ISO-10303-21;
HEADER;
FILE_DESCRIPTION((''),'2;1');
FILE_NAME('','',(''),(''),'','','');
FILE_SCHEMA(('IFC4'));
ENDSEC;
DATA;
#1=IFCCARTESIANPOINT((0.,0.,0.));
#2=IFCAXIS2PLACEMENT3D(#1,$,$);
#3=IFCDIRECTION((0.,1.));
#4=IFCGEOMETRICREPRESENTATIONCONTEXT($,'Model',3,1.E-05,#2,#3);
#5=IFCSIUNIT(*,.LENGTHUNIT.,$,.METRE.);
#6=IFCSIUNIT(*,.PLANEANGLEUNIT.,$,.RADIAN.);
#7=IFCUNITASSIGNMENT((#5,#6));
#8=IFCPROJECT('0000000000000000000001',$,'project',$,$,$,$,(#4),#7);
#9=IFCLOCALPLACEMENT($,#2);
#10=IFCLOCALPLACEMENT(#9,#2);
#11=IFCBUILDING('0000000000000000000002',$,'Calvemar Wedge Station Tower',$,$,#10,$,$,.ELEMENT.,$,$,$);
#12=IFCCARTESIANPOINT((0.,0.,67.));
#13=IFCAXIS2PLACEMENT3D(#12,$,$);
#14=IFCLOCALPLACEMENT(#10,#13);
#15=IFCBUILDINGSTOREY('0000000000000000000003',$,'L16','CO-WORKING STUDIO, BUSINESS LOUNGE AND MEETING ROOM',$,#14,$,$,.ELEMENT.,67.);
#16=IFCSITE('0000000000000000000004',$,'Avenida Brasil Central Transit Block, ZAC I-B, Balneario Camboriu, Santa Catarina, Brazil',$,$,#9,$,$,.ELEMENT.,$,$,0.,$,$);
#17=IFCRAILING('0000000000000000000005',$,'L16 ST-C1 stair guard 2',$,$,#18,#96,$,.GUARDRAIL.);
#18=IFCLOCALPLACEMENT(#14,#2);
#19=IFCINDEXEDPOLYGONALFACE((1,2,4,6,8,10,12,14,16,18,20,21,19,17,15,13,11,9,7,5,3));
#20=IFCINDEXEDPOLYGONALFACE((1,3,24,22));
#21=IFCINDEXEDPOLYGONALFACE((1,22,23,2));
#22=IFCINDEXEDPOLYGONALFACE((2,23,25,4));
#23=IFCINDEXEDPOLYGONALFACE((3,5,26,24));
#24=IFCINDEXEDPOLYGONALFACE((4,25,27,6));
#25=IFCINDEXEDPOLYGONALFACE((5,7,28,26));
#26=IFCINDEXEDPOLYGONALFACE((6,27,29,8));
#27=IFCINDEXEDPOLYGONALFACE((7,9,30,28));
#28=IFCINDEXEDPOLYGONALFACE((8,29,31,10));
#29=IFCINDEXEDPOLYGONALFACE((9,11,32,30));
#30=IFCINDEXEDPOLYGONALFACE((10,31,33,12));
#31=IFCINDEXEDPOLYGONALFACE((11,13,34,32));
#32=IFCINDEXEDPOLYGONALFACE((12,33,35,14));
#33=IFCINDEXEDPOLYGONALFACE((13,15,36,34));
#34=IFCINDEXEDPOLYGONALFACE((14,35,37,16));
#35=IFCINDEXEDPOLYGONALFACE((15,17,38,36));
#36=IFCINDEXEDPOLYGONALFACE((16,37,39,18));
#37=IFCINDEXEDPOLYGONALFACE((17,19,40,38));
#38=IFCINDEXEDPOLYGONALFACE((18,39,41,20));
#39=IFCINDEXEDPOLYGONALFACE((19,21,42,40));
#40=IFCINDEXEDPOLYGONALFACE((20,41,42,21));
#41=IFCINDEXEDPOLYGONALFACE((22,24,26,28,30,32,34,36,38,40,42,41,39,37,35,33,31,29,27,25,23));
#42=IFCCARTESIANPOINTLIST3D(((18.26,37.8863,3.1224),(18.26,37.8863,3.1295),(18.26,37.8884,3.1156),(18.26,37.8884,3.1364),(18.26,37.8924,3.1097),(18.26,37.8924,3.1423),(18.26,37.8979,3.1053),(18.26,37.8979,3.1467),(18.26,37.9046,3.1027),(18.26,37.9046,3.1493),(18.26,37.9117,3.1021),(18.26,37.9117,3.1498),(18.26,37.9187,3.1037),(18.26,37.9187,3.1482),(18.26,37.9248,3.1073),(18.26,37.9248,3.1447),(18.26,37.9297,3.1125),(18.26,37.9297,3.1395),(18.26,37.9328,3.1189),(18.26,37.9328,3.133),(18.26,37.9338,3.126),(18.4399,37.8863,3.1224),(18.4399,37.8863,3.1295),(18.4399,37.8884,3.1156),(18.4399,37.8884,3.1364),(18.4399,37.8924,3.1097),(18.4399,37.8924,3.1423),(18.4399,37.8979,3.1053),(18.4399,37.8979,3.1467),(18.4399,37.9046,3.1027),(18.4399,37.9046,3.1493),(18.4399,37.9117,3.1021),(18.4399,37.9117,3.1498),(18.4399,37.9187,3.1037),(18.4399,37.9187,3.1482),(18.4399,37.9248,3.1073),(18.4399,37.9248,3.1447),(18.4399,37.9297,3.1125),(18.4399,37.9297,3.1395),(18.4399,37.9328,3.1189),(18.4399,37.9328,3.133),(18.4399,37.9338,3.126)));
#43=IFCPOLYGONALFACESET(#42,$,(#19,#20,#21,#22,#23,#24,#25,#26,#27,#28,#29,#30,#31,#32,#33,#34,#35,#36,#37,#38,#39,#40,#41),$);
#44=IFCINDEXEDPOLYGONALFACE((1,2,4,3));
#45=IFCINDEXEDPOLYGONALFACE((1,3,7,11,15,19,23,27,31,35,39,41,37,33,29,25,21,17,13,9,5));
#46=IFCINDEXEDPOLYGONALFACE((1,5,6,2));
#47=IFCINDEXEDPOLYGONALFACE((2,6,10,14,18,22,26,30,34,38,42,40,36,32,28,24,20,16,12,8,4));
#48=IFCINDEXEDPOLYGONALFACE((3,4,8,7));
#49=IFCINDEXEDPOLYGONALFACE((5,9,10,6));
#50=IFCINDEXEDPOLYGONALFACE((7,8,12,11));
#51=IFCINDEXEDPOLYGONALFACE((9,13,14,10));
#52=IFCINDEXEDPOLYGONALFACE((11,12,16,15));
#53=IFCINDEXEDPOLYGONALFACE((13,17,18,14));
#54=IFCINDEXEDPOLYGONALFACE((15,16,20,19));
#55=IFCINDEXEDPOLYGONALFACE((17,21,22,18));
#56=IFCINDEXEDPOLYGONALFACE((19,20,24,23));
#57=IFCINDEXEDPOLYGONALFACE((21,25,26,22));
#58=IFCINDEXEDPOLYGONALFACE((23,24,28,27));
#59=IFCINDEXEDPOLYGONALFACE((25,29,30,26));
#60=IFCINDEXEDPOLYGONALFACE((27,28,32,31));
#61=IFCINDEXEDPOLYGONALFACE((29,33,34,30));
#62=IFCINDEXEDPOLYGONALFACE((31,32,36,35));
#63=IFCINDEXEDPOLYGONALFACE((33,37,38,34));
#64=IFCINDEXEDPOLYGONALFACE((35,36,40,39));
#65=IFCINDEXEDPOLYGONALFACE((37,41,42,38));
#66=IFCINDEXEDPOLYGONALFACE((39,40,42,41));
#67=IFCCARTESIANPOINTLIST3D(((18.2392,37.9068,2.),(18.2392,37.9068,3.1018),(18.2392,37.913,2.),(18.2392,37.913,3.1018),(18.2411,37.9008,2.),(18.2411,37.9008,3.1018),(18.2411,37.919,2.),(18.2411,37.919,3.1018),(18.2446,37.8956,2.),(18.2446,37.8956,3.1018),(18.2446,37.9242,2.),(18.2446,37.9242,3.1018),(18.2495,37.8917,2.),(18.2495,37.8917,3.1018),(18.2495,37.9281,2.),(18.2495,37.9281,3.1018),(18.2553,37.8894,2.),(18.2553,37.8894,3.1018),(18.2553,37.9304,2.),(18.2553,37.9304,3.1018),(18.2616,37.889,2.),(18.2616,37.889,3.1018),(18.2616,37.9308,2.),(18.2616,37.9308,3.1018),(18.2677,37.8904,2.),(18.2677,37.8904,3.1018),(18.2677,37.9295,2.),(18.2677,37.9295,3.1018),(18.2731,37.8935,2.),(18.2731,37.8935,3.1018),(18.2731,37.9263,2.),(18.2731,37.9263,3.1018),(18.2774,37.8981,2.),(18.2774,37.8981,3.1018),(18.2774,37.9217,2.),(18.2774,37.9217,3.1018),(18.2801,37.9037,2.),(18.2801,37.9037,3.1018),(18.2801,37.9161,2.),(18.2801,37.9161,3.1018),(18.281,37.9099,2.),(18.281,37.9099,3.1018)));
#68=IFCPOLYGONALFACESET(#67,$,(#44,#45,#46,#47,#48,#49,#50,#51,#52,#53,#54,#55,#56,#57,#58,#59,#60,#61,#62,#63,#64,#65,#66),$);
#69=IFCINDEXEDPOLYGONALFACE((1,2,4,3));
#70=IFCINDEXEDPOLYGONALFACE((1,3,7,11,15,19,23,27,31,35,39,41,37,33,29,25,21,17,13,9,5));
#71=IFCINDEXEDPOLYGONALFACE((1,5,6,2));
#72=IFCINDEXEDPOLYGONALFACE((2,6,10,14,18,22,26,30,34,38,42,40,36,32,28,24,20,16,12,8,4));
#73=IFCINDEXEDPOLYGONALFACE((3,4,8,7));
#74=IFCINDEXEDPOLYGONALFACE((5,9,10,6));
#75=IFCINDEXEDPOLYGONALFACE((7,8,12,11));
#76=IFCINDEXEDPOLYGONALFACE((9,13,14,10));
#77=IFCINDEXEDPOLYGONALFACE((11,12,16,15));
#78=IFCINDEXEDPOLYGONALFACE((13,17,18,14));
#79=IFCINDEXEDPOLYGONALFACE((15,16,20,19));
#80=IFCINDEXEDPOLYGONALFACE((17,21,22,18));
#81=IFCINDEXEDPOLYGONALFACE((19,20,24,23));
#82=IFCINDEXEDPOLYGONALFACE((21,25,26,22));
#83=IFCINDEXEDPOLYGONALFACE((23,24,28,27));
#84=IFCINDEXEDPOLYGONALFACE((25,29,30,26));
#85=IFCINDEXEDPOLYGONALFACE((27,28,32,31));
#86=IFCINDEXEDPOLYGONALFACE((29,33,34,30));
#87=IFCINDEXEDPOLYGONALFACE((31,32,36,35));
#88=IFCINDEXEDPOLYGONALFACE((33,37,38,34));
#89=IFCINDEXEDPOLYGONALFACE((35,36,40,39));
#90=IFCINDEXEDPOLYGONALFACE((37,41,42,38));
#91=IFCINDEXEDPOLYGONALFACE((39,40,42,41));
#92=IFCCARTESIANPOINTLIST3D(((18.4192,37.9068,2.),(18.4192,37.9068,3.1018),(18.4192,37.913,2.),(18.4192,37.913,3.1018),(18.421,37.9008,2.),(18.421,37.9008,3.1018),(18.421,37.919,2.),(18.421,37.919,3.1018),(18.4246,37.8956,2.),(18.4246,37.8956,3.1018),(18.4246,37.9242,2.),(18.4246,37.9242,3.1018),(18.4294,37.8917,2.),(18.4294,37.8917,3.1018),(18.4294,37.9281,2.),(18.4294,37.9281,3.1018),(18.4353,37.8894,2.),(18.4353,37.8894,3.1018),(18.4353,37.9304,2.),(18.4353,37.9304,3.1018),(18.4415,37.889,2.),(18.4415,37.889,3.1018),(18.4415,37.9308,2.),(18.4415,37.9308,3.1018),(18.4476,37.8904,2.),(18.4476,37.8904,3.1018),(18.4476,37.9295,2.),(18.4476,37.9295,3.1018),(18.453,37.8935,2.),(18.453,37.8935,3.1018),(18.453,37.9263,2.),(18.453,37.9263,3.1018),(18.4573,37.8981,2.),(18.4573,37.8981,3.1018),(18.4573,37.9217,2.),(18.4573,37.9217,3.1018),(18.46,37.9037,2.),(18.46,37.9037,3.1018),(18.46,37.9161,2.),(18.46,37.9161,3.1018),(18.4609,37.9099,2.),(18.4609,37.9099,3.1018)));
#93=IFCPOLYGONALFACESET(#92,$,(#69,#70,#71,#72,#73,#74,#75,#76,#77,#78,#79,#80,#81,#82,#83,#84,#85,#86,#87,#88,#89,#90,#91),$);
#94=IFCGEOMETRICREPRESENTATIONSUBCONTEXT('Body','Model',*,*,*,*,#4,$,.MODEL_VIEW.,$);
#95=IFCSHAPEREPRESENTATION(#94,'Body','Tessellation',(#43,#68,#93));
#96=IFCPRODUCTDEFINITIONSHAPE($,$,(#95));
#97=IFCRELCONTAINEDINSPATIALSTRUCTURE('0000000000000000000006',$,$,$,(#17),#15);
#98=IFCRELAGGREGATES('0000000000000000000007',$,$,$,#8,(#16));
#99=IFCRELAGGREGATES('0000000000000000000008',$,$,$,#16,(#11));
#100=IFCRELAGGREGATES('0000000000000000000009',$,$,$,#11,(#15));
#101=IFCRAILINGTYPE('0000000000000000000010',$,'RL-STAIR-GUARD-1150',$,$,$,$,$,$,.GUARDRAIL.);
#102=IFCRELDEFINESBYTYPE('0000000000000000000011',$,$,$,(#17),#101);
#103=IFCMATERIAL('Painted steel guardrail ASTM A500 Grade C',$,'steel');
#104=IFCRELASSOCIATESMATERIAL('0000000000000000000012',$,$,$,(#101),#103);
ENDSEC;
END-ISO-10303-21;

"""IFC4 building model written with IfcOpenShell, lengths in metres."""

from ifc_helpers import new_model, si_unit, direction, frame, origin, origin_2d, place, context, subcontext, project, spatial, circle, extrude, material, type_object, element, save


model = new_model("IFC4")

# Units and contexts
model_context = context("Model", 3, precision=1e-05, world=origin(), true_north=direction((0.0, 1.0)))
body_context = subcontext(model_context, "Body", "Model", "MODEL_VIEW")
ifc_project = project(units=[si_unit("LENGTHUNIT", "METRE"), si_unit("PLANEANGLEUNIT", "RADIAN")], contexts=[model_context])

# Site, building, storey
site_placement = place(None, origin())
site = spatial("IfcSite", under=ifc_project, at=site_placement, Name="Avenida Brasil Central Transit Block, ZAC I-B, Balneario Camboriu, Santa Catarina, Brazil", CompositionType="ELEMENT", RefElevation=0.0)
building_placement = place(site_placement, origin())
building = spatial("IfcBuilding", under=site, at=building_placement, Name="Calvemar Wedge Station Tower", CompositionType="ELEMENT")
storey_placement = place(building_placement, frame((0.0, 0.0, 67.0)))
storey = spatial("IfcBuildingStorey", under=building, at=storey_placement, Name="L16", Description="CO-WORKING STUDIO, BUSINESS LOUNGE AND MEETING ROOM", CompositionType="ELEMENT", Elevation=67.0)

# Railing
ifc_material_1 = material(Name="Painted steel guardrail ASTM A500 Grade C", Category="steel")
railing_type_1 = type_object("IfcRailingType", Name="RL-STAIR-GUARD-1150", PredefinedType="GUARDRAIL", material=ifc_material_1)
railing_1_placement = place(storey_placement, frame((18.26, 37.9099, 2.0)))
element("IfcRailing", 1, at=railing_1_placement, inside=storey, type_object=railing_type_1, Name="L16 ST-C1 stair guard 2", PredefinedType="GUARDRAIL", context=body_context, shape_type="SweptSolid", body=[
    extrude(circle(Radius=0.0239, at=origin_2d()), frame((0.0, 0.0, 1.126), z_axis=(1.0, 0.0, 0.0), x_axis=(0.0, 1.0, 0.0)), (0.0, 0.0, 1.0), 0.1799),
    extrude(circle(Radius=0.021, at=origin_2d()), origin(), (0.0, 0.0, 1.0), 1.1018),
    extrude(circle(Radius=0.021, at=origin_2d()), frame((0.1799, 0.0, 0.0)), (0.0, 0.0, 1.0), 1.1018),
])

save(model, "model.ifc")
